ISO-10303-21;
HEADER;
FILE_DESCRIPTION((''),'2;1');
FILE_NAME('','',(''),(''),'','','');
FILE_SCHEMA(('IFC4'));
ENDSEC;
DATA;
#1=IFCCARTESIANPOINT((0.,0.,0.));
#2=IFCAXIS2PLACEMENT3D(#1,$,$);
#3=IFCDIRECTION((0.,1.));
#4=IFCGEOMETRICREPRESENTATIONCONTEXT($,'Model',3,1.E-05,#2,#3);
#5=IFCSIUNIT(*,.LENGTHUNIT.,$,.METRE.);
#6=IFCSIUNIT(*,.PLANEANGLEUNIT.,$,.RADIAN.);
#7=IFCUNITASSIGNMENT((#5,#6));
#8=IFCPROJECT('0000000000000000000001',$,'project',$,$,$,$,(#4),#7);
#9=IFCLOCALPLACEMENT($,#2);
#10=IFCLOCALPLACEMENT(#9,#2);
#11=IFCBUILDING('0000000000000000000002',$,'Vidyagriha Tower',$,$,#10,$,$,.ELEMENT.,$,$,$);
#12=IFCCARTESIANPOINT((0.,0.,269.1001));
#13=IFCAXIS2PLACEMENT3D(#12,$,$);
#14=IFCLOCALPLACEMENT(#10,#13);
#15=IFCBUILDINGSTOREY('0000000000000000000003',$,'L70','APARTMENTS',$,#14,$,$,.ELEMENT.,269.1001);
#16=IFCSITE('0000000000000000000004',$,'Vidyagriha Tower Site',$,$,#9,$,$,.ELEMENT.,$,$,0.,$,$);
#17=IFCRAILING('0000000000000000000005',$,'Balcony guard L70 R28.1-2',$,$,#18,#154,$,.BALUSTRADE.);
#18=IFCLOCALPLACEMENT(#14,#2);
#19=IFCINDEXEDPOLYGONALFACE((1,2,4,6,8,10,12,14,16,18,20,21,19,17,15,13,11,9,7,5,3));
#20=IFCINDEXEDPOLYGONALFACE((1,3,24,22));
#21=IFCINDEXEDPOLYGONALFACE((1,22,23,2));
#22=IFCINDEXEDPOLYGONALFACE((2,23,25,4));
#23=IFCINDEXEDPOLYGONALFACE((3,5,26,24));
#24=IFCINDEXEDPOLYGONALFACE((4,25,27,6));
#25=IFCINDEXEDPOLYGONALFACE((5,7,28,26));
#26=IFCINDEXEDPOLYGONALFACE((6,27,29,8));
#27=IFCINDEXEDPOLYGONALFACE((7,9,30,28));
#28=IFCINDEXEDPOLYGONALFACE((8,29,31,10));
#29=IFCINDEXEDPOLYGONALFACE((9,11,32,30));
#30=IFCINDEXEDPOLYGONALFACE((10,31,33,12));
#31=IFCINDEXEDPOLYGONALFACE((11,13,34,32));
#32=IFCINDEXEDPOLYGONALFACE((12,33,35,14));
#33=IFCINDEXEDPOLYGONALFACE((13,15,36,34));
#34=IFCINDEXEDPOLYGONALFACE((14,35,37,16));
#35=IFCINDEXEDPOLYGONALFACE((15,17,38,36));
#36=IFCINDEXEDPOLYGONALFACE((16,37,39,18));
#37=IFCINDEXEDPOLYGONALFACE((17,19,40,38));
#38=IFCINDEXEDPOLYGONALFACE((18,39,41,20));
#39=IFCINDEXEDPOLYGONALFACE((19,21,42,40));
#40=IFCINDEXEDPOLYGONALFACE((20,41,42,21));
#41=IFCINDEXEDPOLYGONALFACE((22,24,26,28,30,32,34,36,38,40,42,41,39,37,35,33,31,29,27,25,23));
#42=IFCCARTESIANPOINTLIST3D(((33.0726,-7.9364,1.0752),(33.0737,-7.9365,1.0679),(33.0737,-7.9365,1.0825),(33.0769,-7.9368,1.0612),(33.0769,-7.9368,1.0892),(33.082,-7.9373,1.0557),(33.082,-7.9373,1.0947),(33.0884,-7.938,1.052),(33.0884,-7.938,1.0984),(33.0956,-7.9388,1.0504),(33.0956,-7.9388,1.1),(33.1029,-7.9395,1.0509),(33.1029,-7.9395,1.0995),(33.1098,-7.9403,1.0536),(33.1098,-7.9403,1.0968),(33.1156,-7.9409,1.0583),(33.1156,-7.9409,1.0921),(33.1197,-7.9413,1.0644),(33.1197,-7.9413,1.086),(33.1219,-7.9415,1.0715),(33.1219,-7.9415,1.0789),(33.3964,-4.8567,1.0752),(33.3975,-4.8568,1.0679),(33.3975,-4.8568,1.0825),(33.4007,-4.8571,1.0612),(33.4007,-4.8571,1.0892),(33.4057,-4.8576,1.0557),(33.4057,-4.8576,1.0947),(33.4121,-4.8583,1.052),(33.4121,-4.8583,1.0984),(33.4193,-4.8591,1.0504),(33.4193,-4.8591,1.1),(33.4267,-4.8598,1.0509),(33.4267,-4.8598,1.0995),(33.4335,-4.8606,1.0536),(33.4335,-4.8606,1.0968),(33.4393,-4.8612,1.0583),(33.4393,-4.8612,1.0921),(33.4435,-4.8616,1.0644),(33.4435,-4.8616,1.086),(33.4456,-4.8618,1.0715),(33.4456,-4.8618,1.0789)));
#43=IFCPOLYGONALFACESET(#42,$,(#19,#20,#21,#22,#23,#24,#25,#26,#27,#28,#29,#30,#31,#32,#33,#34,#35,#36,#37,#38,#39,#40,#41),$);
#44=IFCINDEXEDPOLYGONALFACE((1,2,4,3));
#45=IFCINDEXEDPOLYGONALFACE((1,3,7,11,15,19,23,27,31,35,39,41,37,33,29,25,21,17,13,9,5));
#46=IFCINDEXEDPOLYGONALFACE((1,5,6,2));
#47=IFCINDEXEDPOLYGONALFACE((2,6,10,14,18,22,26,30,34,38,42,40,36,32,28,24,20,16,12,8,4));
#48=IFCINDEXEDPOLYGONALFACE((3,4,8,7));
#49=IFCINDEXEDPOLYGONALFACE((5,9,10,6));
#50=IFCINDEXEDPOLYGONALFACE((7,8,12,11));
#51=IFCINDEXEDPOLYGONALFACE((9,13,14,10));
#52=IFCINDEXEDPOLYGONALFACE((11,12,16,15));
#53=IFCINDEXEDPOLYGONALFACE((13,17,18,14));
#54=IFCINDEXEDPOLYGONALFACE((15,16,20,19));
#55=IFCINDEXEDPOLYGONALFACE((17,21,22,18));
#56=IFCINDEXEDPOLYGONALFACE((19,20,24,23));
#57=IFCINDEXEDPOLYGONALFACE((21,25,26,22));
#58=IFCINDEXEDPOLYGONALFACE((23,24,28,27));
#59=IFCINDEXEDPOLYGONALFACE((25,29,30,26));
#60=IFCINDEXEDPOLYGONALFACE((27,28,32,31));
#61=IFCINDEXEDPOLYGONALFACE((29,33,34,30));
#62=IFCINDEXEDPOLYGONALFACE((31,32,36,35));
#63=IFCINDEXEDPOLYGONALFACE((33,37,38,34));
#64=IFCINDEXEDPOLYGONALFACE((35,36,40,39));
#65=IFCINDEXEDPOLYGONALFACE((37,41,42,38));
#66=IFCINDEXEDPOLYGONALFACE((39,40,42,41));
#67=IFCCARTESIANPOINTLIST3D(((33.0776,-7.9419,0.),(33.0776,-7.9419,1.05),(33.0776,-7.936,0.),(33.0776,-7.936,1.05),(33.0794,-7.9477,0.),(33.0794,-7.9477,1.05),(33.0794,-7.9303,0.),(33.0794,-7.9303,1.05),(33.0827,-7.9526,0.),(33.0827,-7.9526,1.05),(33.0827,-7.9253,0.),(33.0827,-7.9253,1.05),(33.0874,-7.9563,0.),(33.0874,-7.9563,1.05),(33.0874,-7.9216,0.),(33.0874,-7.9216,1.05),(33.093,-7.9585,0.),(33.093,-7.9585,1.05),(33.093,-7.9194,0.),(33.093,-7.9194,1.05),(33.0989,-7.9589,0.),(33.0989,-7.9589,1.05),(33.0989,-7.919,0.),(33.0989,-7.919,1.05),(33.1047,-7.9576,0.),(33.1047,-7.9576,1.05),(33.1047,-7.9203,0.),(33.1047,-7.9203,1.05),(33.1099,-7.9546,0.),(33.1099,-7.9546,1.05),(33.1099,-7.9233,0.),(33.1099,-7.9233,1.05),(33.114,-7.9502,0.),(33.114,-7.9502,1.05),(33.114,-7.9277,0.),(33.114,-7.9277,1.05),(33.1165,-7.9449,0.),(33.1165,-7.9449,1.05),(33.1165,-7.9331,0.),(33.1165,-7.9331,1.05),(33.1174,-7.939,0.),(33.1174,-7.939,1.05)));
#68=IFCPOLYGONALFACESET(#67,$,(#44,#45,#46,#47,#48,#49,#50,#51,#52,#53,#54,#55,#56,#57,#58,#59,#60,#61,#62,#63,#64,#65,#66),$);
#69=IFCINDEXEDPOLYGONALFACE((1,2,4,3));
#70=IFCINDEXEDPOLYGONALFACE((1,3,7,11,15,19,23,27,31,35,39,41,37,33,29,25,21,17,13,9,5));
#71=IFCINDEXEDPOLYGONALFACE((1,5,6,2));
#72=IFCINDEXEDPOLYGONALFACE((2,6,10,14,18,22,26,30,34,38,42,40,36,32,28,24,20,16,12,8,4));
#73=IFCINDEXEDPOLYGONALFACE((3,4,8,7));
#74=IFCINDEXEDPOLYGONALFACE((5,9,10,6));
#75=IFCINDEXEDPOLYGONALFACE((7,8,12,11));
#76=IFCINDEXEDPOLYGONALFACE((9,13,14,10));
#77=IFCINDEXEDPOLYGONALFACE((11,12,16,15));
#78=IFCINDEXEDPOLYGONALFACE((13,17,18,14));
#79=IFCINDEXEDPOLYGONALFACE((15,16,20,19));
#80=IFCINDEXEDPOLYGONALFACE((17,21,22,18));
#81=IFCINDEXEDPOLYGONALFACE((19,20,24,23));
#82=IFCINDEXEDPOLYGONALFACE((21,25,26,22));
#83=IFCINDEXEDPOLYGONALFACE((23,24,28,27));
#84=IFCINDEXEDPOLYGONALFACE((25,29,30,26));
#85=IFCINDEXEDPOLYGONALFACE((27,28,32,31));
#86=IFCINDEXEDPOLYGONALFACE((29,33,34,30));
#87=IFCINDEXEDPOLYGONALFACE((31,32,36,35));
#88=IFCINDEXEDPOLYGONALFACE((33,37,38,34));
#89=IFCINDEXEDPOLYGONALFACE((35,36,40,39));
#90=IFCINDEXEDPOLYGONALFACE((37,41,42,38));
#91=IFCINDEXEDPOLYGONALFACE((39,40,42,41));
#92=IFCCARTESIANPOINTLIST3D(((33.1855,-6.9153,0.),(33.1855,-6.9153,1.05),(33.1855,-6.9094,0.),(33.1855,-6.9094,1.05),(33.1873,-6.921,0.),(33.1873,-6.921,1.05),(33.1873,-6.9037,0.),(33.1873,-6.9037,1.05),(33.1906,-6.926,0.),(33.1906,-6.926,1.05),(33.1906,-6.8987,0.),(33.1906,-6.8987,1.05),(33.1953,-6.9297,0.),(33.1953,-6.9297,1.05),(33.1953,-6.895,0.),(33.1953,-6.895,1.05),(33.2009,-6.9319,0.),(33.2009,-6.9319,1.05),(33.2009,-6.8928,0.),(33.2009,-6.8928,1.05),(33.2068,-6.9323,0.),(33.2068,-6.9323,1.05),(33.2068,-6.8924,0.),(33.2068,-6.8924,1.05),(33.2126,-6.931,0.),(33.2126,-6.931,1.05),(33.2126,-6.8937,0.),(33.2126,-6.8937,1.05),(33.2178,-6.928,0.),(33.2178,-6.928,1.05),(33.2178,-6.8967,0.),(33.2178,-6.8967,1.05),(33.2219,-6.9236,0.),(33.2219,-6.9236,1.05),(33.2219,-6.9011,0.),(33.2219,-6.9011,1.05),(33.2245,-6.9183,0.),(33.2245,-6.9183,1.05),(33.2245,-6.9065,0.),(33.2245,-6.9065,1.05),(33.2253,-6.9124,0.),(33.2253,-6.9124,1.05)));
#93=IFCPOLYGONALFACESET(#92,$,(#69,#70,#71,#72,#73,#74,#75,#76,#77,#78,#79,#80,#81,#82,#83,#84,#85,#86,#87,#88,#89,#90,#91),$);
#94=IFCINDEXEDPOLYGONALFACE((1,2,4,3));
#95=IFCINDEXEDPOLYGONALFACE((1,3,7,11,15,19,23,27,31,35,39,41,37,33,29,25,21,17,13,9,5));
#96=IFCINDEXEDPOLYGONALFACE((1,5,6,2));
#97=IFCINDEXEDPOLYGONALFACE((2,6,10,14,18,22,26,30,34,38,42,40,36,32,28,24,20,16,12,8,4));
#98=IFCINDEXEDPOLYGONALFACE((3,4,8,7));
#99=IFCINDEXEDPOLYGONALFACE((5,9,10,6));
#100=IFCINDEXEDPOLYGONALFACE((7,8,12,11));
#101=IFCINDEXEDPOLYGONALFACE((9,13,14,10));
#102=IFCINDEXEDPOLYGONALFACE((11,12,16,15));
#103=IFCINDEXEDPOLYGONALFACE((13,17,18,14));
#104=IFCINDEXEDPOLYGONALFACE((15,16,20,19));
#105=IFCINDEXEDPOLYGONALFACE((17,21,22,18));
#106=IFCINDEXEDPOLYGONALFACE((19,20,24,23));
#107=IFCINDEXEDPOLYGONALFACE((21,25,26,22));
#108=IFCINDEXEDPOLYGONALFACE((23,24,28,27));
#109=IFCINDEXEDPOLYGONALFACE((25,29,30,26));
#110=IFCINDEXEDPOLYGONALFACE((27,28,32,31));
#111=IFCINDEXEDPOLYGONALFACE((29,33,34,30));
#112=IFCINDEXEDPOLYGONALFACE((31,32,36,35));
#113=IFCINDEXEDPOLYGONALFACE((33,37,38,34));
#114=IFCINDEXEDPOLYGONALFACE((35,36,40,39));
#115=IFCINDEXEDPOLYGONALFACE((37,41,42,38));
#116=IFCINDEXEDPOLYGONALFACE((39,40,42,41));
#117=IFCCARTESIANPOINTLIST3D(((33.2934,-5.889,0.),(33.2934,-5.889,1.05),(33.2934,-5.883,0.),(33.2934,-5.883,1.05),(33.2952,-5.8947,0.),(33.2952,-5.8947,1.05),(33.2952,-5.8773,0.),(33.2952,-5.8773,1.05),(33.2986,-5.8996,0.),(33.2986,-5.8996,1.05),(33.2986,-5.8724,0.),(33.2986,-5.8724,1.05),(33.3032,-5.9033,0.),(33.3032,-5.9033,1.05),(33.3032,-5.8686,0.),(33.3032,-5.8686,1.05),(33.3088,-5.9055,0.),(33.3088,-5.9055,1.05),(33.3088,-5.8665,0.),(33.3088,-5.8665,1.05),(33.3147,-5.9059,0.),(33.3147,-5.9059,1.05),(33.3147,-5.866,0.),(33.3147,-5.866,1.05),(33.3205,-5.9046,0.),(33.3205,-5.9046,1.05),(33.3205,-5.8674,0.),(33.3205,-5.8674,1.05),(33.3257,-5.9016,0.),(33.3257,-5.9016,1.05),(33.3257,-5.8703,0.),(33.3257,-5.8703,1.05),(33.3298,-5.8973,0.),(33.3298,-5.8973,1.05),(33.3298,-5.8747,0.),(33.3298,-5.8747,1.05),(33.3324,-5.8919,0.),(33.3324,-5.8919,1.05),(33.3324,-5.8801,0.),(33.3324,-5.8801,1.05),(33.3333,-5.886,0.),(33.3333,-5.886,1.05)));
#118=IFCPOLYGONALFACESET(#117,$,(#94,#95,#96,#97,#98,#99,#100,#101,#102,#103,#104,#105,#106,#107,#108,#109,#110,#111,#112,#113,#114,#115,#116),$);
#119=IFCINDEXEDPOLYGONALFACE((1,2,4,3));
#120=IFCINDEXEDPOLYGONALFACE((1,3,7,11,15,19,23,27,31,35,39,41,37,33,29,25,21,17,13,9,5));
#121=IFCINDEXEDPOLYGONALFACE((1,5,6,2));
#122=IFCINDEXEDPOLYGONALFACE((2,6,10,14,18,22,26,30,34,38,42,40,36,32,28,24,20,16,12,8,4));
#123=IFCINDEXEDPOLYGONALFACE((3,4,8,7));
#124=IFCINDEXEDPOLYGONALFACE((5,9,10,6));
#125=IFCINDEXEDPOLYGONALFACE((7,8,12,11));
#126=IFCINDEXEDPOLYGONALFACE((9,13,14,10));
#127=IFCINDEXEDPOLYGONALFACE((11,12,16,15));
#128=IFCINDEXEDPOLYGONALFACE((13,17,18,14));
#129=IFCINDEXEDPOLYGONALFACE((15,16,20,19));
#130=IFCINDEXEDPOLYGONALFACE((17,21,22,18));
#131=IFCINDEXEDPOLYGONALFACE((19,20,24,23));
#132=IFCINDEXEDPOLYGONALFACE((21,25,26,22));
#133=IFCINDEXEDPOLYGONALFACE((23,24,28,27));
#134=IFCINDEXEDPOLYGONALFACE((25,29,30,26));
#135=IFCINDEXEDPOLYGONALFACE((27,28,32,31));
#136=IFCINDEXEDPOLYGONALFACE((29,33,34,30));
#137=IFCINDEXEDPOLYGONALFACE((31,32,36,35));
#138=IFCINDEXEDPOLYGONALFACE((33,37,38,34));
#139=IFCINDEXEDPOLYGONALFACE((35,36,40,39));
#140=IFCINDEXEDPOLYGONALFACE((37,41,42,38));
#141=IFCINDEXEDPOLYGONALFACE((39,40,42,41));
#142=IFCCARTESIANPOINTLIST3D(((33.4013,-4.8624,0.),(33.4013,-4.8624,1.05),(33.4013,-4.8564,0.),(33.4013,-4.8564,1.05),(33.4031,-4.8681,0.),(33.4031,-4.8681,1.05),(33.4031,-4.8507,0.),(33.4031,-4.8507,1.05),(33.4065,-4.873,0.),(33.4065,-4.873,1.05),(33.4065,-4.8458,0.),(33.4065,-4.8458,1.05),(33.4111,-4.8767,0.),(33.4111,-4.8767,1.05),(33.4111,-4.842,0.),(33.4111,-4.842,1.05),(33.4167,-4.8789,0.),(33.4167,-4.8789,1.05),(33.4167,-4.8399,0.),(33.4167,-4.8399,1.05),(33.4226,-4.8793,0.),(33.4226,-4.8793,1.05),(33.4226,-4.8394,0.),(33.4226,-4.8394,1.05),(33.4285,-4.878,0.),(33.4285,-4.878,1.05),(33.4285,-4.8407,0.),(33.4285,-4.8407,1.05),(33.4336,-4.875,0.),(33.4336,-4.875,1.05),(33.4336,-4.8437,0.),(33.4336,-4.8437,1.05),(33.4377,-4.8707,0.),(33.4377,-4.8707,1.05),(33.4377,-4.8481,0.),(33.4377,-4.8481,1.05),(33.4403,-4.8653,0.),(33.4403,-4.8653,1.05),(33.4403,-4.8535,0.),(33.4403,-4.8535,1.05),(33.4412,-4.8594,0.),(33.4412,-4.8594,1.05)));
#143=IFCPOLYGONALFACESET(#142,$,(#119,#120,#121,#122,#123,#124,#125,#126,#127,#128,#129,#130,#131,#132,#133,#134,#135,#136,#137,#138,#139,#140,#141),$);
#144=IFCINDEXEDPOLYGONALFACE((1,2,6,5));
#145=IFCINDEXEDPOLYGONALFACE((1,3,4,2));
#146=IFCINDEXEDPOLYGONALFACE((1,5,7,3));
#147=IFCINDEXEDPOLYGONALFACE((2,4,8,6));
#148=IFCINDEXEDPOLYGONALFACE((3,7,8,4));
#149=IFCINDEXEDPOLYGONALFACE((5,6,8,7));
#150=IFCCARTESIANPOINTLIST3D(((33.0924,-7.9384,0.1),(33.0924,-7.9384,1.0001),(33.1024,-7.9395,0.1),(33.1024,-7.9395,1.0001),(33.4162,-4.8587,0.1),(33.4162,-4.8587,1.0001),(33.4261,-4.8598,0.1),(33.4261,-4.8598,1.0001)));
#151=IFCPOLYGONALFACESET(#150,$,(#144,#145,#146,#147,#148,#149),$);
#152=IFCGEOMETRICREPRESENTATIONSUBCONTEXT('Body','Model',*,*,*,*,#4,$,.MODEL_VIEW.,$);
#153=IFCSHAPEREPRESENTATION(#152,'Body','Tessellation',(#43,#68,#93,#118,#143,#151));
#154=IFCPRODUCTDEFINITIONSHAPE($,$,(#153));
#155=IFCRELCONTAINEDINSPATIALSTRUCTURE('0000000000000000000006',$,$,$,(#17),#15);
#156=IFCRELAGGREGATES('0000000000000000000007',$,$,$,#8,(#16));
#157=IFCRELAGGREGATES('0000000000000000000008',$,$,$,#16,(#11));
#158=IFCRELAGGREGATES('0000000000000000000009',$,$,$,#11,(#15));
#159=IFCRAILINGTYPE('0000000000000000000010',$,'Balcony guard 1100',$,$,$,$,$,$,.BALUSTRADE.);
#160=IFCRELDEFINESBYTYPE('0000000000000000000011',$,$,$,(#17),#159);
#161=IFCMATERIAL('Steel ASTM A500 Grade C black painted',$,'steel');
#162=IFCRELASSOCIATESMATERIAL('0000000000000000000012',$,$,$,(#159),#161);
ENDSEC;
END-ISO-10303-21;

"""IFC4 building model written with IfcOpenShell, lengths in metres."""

from ifc_helpers import new_model, si_unit, direction, frame, origin, origin_2d, place, context, subcontext, project, spatial, rectangle, circle, extrude, material, type_object, element, save


model = new_model("IFC4")

# Units and contexts
model_context = context("Model", 3, precision=1e-05, world=origin(), true_north=direction((0.0, 1.0)))
body_context = subcontext(model_context, "Body", "Model", "MODEL_VIEW")
ifc_project = project(units=[si_unit("LENGTHUNIT", "METRE"), si_unit("PLANEANGLEUNIT", "RADIAN")], contexts=[model_context])

# Site, building, storey
site_placement = place(None, origin())
site = spatial("IfcSite", under=ifc_project, at=site_placement, Name="Vidyagriha Tower Site", CompositionType="ELEMENT", RefElevation=0.0)
building_placement = place(site_placement, origin())
building = spatial("IfcBuilding", under=site, at=building_placement, Name="Vidyagriha Tower", CompositionType="ELEMENT")
storey_placement = place(building_placement, frame((0.0, 0.0, 269.1001)))
storey = spatial("IfcBuildingStorey", under=building, at=storey_placement, Name="L70", Description="APARTMENTS", CompositionType="ELEMENT", Elevation=269.1001)

# Railing
ifc_material_1 = material(Name="Steel ASTM A500 Grade C black painted", Category="steel")
railing_type_1 = type_object("IfcRailingType", Name="Balcony guard 1100", PredefinedType="BALUSTRADE", material=ifc_material_1)
railing_1_placement = place(storey_placement, frame((33.0974, -7.939, 0.0)))
element("IfcRailing", 1, at=railing_1_placement, inside=storey, type_object=railing_type_1, Name="Balcony guard L70 R28.1-2", PredefinedType="BALUSTRADE", context=body_context, shape_type="SweptSolid", body=[
    extrude(circle(Radius=0.0249, at=origin_2d()), frame((0.0, 0.0, 1.0752), z_axis=(0.104545, 0.99452, 0.0), x_axis=(-0.99452, 0.104545, 0.0)), (0.0, 0.0, 1.0), 3.0967),
    extrude(circle(Radius=0.02, at=origin_2d()), origin(), (0.0, 0.0, 1.0), 1.05),
    extrude(circle(Radius=0.02, at=origin_2d()), frame((0.1079, 1.0266, 0.0)), (0.0, 0.0, 1.0), 1.05),
    extrude(circle(Radius=0.02, at=origin_2d()), frame((0.2158, 2.053, 0.0)), (0.0, 0.0, 1.0), 1.05),
    extrude(circle(Radius=0.02, at=origin_2d()), frame((0.3237, 3.0796, 0.0)), (0.0, 0.0, 1.0), 1.05),
    extrude(rectangle(XDim=0.01, YDim=0.9001, at=origin_2d()), frame((0.0, 0.0, 0.55), z_axis=(0.104545, 0.99452, 0.0), x_axis=(-0.99452, 0.104545, 0.0)), (0.0, 0.0, 1.0), 3.0967),
])

save(model, "model.ifc")
